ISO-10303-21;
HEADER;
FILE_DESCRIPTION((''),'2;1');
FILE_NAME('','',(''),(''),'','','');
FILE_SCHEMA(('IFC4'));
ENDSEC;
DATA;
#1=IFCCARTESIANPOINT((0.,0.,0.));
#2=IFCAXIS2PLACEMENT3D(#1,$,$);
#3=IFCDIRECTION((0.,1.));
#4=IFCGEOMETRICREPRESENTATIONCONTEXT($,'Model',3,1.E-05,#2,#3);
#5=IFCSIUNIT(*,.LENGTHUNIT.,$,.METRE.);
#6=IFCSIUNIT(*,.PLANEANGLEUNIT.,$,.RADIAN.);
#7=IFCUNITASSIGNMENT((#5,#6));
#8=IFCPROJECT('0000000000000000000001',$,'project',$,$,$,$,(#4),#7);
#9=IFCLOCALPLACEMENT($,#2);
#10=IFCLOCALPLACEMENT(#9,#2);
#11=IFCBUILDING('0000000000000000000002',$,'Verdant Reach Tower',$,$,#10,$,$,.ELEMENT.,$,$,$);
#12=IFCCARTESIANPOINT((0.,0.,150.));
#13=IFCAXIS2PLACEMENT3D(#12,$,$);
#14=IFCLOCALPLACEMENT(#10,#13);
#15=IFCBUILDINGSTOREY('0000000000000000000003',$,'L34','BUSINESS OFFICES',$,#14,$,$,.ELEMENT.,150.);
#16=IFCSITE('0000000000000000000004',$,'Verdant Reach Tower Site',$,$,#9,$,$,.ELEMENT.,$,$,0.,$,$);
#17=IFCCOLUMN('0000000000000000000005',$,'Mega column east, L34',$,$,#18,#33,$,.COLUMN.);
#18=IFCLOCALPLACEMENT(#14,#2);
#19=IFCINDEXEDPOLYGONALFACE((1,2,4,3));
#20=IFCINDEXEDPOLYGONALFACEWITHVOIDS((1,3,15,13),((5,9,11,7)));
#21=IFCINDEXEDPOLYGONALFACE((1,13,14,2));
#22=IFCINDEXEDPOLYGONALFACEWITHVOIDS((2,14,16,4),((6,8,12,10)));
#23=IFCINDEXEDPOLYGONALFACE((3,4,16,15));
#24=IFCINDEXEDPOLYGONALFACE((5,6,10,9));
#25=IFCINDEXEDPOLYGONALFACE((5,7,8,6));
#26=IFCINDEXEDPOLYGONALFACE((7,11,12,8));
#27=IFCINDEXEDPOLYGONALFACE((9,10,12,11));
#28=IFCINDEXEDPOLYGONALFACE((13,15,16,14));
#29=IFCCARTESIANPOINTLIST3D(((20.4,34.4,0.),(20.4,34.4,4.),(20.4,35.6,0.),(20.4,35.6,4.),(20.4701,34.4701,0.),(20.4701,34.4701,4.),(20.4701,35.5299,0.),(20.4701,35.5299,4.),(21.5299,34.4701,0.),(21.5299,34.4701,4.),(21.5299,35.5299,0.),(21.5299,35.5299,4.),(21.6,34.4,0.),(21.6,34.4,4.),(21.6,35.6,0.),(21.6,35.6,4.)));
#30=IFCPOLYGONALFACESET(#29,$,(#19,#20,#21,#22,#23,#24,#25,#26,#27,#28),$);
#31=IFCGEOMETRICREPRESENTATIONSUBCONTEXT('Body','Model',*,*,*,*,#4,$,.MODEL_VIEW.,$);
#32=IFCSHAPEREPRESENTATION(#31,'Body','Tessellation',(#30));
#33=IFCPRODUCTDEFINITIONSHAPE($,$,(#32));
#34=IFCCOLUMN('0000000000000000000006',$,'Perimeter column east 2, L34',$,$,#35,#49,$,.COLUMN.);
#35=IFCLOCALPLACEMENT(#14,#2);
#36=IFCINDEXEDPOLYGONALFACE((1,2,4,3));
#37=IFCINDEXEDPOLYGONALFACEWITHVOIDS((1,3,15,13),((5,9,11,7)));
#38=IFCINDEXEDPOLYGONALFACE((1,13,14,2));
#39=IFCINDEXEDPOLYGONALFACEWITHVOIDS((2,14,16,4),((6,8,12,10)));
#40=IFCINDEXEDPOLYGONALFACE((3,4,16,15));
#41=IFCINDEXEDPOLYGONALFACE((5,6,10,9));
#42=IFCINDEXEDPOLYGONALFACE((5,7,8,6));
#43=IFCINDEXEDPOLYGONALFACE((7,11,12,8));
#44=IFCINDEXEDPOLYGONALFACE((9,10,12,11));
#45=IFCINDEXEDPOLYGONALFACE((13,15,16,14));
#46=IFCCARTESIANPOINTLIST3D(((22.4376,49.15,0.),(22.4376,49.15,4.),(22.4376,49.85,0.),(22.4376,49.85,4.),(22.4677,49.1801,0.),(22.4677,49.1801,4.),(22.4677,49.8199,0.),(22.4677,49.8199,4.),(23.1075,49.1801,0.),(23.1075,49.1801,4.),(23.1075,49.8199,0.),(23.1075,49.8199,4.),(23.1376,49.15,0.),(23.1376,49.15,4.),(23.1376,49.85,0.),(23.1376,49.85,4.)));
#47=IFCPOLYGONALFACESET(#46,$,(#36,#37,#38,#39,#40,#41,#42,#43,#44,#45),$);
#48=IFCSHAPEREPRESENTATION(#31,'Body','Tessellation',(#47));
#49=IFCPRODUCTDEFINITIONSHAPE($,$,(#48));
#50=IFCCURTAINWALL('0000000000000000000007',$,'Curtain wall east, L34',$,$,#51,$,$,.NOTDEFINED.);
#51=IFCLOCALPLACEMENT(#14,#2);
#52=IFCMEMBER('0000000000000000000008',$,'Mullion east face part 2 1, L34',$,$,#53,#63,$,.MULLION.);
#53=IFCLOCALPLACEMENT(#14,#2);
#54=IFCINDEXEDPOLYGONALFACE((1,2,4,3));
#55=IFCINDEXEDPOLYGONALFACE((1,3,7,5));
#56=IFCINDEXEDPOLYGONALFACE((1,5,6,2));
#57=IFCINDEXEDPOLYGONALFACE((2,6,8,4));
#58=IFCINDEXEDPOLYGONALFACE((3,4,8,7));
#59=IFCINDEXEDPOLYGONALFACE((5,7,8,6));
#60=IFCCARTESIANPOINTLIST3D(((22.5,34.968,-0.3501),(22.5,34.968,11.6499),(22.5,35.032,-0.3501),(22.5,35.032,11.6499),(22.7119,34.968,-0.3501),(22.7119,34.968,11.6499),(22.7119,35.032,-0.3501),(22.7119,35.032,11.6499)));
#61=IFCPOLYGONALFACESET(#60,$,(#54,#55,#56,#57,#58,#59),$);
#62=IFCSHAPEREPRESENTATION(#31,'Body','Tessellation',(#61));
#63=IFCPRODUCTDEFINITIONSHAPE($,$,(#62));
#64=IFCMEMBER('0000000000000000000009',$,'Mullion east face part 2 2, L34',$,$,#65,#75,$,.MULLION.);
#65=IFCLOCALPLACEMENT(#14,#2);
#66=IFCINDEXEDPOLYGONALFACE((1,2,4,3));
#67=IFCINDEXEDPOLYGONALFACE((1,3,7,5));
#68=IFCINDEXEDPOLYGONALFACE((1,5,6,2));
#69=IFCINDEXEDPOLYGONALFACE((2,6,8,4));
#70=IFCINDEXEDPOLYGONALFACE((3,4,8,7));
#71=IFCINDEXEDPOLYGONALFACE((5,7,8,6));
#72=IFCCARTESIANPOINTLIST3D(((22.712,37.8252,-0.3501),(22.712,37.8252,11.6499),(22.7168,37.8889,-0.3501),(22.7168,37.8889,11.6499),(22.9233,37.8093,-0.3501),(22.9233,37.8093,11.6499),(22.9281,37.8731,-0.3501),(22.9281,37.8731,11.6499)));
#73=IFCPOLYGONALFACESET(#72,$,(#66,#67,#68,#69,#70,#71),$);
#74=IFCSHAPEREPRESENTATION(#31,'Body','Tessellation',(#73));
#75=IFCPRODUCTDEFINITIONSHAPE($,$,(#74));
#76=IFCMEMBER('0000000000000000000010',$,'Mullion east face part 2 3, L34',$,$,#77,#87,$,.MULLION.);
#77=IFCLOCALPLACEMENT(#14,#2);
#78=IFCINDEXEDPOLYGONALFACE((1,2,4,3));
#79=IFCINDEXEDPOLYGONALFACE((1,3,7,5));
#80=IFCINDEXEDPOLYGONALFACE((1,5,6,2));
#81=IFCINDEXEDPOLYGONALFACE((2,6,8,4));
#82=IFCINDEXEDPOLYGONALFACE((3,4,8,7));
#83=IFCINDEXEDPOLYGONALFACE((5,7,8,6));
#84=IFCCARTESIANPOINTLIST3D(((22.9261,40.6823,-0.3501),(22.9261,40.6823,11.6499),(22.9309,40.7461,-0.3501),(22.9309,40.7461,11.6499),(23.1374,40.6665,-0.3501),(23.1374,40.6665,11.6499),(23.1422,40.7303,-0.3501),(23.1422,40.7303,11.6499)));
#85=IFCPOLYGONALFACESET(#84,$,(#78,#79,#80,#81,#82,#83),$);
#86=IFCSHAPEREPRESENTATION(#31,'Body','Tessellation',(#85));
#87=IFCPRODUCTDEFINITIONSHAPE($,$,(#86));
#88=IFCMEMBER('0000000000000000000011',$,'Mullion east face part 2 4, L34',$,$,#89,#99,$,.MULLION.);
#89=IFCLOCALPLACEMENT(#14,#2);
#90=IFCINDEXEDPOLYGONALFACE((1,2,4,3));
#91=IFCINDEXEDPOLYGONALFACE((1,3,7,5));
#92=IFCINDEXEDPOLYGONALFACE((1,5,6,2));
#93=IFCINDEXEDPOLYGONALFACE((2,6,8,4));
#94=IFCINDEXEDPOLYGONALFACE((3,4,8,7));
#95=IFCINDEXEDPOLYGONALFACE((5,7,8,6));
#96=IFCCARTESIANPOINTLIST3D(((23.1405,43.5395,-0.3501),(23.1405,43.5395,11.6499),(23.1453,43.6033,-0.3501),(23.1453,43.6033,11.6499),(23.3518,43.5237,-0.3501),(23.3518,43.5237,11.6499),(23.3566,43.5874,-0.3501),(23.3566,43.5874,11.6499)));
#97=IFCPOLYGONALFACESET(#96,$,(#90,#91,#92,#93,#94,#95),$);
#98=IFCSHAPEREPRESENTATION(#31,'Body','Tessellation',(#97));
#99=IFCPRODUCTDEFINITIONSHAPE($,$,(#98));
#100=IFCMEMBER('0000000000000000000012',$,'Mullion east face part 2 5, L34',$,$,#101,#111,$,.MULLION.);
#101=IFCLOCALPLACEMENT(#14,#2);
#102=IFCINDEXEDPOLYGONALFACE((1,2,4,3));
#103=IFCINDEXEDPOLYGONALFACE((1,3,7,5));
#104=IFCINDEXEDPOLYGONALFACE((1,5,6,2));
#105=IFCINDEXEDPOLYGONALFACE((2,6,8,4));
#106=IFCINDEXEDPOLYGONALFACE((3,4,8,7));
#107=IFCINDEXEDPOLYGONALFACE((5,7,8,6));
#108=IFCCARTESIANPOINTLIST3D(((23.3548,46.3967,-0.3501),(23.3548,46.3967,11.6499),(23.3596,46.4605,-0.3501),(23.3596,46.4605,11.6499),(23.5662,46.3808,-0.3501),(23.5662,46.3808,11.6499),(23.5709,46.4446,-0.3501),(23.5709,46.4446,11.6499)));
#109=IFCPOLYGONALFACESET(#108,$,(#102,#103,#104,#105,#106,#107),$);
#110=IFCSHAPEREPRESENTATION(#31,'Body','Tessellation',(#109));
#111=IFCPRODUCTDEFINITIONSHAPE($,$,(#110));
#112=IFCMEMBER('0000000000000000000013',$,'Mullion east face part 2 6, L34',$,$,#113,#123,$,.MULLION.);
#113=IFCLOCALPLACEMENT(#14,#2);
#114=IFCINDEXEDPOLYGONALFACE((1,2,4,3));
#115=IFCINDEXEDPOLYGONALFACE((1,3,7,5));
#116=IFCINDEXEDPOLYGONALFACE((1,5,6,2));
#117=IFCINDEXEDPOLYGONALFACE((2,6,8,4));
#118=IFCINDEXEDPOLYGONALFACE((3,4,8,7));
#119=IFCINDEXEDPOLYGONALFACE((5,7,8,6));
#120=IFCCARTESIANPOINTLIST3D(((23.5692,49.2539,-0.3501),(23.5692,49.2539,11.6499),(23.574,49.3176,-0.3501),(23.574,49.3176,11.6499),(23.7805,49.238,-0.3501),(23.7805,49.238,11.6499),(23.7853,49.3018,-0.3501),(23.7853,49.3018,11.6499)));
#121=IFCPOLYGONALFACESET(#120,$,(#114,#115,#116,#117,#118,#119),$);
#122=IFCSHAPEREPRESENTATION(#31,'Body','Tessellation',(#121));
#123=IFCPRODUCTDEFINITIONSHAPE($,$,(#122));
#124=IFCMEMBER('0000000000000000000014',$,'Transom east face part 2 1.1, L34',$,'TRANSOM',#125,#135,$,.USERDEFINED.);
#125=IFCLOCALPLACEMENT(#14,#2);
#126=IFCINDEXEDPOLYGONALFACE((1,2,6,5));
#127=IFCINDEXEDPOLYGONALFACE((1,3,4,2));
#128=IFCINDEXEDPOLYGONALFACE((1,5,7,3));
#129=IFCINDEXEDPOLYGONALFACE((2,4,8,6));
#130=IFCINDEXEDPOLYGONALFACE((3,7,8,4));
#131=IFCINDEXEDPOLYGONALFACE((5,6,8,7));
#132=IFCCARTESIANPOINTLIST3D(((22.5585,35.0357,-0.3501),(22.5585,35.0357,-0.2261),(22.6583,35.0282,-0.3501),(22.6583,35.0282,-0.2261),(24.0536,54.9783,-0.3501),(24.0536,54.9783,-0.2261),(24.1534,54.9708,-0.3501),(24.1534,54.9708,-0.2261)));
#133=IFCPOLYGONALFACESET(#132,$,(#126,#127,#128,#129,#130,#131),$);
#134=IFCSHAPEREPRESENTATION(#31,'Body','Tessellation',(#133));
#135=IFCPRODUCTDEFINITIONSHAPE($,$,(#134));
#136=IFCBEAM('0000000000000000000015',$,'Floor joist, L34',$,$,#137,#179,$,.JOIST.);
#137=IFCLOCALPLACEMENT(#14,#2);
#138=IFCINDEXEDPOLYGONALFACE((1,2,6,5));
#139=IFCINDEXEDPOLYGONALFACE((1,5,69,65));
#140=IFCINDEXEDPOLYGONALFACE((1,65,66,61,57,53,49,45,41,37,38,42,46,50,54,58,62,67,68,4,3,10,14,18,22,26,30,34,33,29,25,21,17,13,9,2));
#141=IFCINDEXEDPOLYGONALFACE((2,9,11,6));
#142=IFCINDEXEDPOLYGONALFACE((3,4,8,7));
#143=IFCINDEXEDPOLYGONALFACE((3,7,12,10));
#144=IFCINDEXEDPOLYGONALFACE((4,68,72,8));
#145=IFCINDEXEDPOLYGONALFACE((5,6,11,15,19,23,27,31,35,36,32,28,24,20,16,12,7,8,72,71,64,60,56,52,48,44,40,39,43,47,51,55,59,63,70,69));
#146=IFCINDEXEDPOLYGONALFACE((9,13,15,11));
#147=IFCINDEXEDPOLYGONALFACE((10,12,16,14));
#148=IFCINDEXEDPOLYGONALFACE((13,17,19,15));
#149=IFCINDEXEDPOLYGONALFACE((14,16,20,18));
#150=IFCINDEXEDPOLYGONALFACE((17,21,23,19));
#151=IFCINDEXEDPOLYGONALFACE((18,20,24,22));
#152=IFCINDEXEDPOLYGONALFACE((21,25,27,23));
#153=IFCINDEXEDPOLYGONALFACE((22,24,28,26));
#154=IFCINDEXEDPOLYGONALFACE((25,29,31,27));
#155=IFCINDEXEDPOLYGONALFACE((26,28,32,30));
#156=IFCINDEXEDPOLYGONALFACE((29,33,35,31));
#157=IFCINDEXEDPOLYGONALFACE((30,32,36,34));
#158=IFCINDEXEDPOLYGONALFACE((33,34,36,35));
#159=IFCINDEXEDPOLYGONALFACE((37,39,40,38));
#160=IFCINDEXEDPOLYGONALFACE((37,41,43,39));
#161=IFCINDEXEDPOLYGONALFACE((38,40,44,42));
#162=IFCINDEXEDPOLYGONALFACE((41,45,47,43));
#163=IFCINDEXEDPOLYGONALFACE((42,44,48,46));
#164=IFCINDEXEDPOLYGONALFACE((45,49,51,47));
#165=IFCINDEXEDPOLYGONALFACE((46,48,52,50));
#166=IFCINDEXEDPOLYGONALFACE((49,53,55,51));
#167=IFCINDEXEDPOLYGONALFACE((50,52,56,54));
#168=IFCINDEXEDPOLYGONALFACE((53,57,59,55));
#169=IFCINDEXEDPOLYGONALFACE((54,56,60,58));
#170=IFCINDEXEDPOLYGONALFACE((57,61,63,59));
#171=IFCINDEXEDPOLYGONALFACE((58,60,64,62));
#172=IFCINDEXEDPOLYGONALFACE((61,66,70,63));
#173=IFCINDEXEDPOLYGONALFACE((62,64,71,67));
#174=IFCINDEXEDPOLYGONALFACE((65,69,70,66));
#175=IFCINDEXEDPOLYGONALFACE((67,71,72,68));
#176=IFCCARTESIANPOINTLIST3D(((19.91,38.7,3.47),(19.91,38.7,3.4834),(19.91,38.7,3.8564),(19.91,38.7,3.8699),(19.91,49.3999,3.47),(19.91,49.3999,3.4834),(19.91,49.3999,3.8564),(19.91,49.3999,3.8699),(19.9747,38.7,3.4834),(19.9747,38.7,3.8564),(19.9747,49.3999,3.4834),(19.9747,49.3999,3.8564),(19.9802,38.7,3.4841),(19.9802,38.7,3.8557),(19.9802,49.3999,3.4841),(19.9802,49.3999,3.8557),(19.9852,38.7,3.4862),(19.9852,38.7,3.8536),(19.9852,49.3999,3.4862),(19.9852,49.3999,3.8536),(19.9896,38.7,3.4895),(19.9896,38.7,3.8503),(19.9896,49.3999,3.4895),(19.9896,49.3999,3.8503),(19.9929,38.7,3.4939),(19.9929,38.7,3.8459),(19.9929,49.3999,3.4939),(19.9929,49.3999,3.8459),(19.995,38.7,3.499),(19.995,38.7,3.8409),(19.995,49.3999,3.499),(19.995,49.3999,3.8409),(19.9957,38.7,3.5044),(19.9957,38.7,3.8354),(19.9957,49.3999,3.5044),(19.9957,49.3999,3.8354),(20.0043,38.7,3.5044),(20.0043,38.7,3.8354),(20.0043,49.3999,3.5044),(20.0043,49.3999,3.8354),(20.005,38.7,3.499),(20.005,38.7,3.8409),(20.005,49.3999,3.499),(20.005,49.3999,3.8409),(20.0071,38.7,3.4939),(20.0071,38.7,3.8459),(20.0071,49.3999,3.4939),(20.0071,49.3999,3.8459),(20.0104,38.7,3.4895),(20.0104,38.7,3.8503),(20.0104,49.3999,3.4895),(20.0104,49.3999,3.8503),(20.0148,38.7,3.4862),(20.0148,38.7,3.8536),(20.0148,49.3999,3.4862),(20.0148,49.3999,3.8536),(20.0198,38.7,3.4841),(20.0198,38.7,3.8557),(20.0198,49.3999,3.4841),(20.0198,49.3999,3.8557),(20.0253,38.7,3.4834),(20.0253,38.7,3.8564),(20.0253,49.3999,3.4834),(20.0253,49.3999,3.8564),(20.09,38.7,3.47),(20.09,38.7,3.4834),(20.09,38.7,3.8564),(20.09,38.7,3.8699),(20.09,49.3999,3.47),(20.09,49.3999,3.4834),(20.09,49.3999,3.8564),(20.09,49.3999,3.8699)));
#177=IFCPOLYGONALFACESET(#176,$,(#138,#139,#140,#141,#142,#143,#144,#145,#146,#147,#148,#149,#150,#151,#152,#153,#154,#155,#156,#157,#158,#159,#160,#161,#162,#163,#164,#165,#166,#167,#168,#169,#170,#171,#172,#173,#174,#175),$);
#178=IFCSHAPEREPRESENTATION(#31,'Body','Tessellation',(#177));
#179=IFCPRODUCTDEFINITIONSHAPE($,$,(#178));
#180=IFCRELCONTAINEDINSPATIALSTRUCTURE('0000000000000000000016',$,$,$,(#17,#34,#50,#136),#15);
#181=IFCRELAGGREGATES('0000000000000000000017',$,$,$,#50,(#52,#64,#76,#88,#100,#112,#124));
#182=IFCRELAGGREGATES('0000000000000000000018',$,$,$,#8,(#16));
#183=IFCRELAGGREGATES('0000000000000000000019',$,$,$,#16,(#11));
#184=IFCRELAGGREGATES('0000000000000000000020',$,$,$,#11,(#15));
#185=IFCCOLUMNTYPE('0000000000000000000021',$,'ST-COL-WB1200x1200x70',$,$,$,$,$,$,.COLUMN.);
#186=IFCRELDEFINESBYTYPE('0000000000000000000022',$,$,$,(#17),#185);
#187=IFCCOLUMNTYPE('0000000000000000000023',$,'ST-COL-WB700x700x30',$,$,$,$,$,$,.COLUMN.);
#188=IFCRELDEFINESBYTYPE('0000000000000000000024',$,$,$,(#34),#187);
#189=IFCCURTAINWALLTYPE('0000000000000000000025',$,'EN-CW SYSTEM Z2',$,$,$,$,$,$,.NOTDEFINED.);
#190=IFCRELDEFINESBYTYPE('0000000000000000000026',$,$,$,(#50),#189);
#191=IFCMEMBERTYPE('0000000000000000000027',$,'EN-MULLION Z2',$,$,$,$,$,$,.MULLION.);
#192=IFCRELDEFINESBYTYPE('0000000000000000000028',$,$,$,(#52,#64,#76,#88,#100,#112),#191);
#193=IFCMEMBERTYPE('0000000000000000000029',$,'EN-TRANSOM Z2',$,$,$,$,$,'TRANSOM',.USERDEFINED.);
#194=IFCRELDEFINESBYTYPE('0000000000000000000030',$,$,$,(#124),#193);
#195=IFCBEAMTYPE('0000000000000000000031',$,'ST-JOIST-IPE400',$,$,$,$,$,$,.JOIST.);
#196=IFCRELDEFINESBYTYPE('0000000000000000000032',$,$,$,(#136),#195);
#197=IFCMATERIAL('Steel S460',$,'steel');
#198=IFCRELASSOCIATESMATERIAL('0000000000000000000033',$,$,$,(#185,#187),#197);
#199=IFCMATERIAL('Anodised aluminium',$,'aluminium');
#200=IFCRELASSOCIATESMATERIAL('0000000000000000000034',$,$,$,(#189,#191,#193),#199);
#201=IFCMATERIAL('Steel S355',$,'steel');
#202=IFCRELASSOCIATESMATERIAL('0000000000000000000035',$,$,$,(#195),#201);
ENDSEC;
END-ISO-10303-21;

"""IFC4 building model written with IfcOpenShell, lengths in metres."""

from ifc_helpers import new_model, si_unit, direction, frame, origin, origin_2d, place, context, subcontext, project, spatial, rectangle, hollow_rectangle, i_section, extrude, material, material_profile, profile_set, type_object, element, aggregate, save


model = new_model("IFC4")

# Units and contexts
model_context = context("Model", 3, precision=1e-05, world=origin(), true_north=direction((0.0, 1.0)))
body_context = subcontext(model_context, "Body", "Model", "MODEL_VIEW")
ifc_project = project(units=[si_unit("LENGTHUNIT", "METRE"), si_unit("PLANEANGLEUNIT", "RADIAN")], contexts=[model_context])

# Site, building, storey
site_placement = place(None, origin())
site = spatial("IfcSite", under=ifc_project, at=site_placement, Name="Verdant Reach Tower Site", CompositionType="ELEMENT", RefElevation=0.0)
building_placement = place(site_placement, origin())
building = spatial("IfcBuilding", under=site, at=building_placement, Name="Verdant Reach Tower", CompositionType="ELEMENT")
storey_placement = place(building_placement, frame((0.0, 0.0, 150.0)))
storey = spatial("IfcBuildingStorey", under=building, at=storey_placement, Name="L34", Description="BUSINESS OFFICES", CompositionType="ELEMENT", Elevation=150.0)

# Columns
ifc_material_1 = material(Name="Steel S460", Category="steel")
ifc_material_profile_1 = material_profile(ifc_material_1, hollow_rectangle(XDim=1.2, YDim=1.2, WallThickness=0.0701, at=origin_2d()), Name="WB 1200x1200x70")
ifc_profile_set_1 = profile_set([ifc_material_profile_1], Name="Steel S460")
column_type_1 = type_object("IfcColumnType", Name="ST-COL-WB1200x1200x70", PredefinedType="COLUMN", material=ifc_profile_set_1)
column_1_placement = place(storey_placement, frame((21.0, 35.0, 0.0), z_axis=(0.0, 0.0, 1.0), x_axis=(1.0, 0.0, 0.0)))
element("IfcColumn", 1, at=column_1_placement, inside=storey, type_object=column_type_1, Name="Mega column east, L34", PredefinedType="COLUMN", context=body_context, shape_type="SweptSolid", body=[
    extrude(hollow_rectangle(XDim=1.2, YDim=1.2, WallThickness=0.0701, at=origin_2d()), origin(), (0.0, 0.0, 1.0), 4.0),
])
ifc_material_profile_2 = material_profile(ifc_material_1, hollow_rectangle(XDim=0.7, YDim=0.7, WallThickness=0.03, at=origin_2d()), Name="WB 700x700x30")
ifc_profile_set_2 = profile_set([ifc_material_profile_2], Name="Steel S460")
column_type_2 = type_object("IfcColumnType", Name="ST-COL-WB700x700x30", PredefinedType="COLUMN", material=ifc_profile_set_2)
column_2_placement = place(storey_placement, frame((22.7876, 49.5, 0.0), z_axis=(0.0, 0.0, 1.0), x_axis=(1.0, 0.0, 0.0)))
element("IfcColumn", 2, at=column_2_placement, inside=storey, type_object=column_type_2, Name="Perimeter column east 2, L34", PredefinedType="COLUMN", context=body_context, shape_type="SweptSolid", body=[
    extrude(hollow_rectangle(XDim=0.7, YDim=0.7, WallThickness=0.03, at=origin_2d()), origin(), (0.0, 0.0, 1.0), 4.0),
])

# Curtain wall, members
ifc_material_2 = material(Name="Anodised aluminium", Category="aluminium")
curtain_wall_type = type_object("IfcCurtainWallType", Name="EN-CW SYSTEM Z2", PredefinedType="NOTDEFINED", material=ifc_material_2)
curtain_wall_placement = place(storey_placement, origin())
curtain_wall = element("IfcCurtainWall", 3, at=curtain_wall_placement, inside=storey, type_object=curtain_wall_type, Name="Curtain wall east, L34", PredefinedType="NOTDEFINED")
ifc_material_profile_3 = material_profile(ifc_material_2, rectangle(XDim=0.2119, YDim=0.064, at=origin_2d()), Name="Mullion 64x212")
ifc_profile_set_3 = profile_set([ifc_material_profile_3], Name="Anodised aluminium")
member_type_1 = type_object("IfcMemberType", Name="EN-MULLION Z2", PredefinedType="MULLION", material=ifc_profile_set_3)
member_1_placement = place(storey_placement, frame((22.606, 35.0, -0.3501), z_axis=(0.0, 0.0, 1.0), x_axis=(1.0, 0.0, 0.0)))
member_1 = element("IfcMember", 4, at=member_1_placement, type_object=member_type_1, Name="Mullion east face part 2 1, L34", PredefinedType="MULLION", context=body_context, shape_type="SweptSolid", body=[
    extrude(rectangle(XDim=0.2119, YDim=0.064, at=origin_2d()), origin(), (0.0, 0.0, 1.0), 12.0),
])
member_2_placement = place(storey_placement, frame((22.8201, 37.8491, -0.3501), z_axis=(0.0, 0.0, 1.0), x_axis=(0.997199, -0.07479, 0.0)))
member_2 = element("IfcMember", 5, at=member_2_placement, type_object=member_type_1, Name="Mullion east face part 2 2, L34", PredefinedType="MULLION", context=body_context, shape_type="SweptSolid", body=[
    extrude(rectangle(XDim=0.2119, YDim=0.064, at=origin_2d()), origin(), (0.0, 0.0, 1.0), 12.0),
])
member_3_placement = place(storey_placement, frame((23.0342, 40.7063, -0.3501), z_axis=(0.0, 0.0, 1.0), x_axis=(0.997199, -0.07479, 0.0)))
member_3 = element("IfcMember", 6, at=member_3_placement, type_object=member_type_1, Name="Mullion east face part 2 3, L34", PredefinedType="MULLION", context=body_context, shape_type="SweptSolid", body=[
    extrude(rectangle(XDim=0.2119, YDim=0.064, at=origin_2d()), origin(), (0.0, 0.0, 1.0), 12.0),
])
member_4_placement = place(storey_placement, frame((23.2485, 43.5635, -0.3501), z_axis=(0.0, 0.0, 1.0), x_axis=(0.997199, -0.07479, 0.0)))
member_4 = element("IfcMember", 7, at=member_4_placement, type_object=member_type_1, Name="Mullion east face part 2 4, L34", PredefinedType="MULLION", context=body_context, shape_type="SweptSolid", body=[
    extrude(rectangle(XDim=0.2119, YDim=0.064, at=origin_2d()), origin(), (0.0, 0.0, 1.0), 12.0),
])
member_5_placement = place(storey_placement, frame((23.4629, 46.4207, -0.3501), z_axis=(0.0, 0.0, 1.0), x_axis=(0.997199, -0.07479, 0.0)))
member_5 = element("IfcMember", 8, at=member_5_placement, type_object=member_type_1, Name="Mullion east face part 2 5, L34", PredefinedType="MULLION", context=body_context, shape_type="SweptSolid", body=[
    extrude(rectangle(XDim=0.2119, YDim=0.064, at=origin_2d()), origin(), (0.0, 0.0, 1.0), 12.0),
])
member_6_placement = place(storey_placement, frame((23.6772, 49.2778, -0.3501), z_axis=(0.0, 0.0, 1.0), x_axis=(0.997199, -0.07479, 0.0)))
member_6 = element("IfcMember", 9, at=member_6_placement, type_object=member_type_1, Name="Mullion east face part 2 6, L34", PredefinedType="MULLION", context=body_context, shape_type="SweptSolid", body=[
    extrude(rectangle(XDim=0.2119, YDim=0.064, at=origin_2d()), origin(), (0.0, 0.0, 1.0), 12.0),
])
ifc_material_profile_4 = material_profile(ifc_material_2, rectangle(XDim=0.1001, YDim=0.124, at=origin_2d()), Name="Transom 124x100")
ifc_profile_set_4 = profile_set([ifc_material_profile_4], Name="Anodised aluminium")
member_type_2 = type_object("IfcMemberType", Name="EN-TRANSOM Z2", ElementType="TRANSOM", PredefinedType="USERDEFINED", material=ifc_profile_set_4)
member_7_placement = place(storey_placement, frame((22.6084, 35.032, -0.2881), z_axis=(0.074761, 0.997201, 0.0), x_axis=(-0.997201, 0.074761, 0.0)))
member_7 = element("IfcMember", 10, at=member_7_placement, type_object=member_type_2, Name="Transom east face part 2 1.1, L34", ObjectType="TRANSOM", PredefinedType="USERDEFINED", context=body_context, shape_type="SweptSolid", body=[
    extrude(rectangle(XDim=0.1001, YDim=0.124, at=origin_2d()), origin(), (0.0, 0.0, 1.0), 19.9985),
])

# Beam
ifc_material_3 = material(Name="Steel S355", Category="steel")
ifc_material_profile_5 = material_profile(ifc_material_3, i_section(OverallWidth=0.1799, OverallDepth=0.3999, WebThickness=0.0085, FlangeThickness=0.0134, FilletRadius=0.021, at=origin_2d()), Name="IPE 400")
ifc_profile_set_5 = profile_set([ifc_material_profile_5], Name="Steel S355")
beam_type_1 = type_object("IfcBeamType", Name="ST-JOIST-IPE400", PredefinedType="JOIST", material=ifc_profile_set_5)
beam_1_placement = place(storey_placement, frame((20.0, 38.7, 3.6699), z_axis=(0.0, 1.0, 0.0), x_axis=(-1.0, 0.0, 0.0)))
element("IfcBeam", 11, at=beam_1_placement, inside=storey, type_object=beam_type_1, Name="Floor joist, L34", PredefinedType="JOIST", context=body_context, shape_type="SweptSolid", body=[
    extrude(i_section(OverallWidth=0.1799, OverallDepth=0.3999, WebThickness=0.0085, FlangeThickness=0.0134, FilletRadius=0.021, at=origin_2d()), origin(), (0.0, 0.0, 1.0), 10.7),
])

aggregate(curtain_wall, [member_1, member_2, member_3, member_4, member_5, member_6, member_7])

save(model, "model.ifc")
